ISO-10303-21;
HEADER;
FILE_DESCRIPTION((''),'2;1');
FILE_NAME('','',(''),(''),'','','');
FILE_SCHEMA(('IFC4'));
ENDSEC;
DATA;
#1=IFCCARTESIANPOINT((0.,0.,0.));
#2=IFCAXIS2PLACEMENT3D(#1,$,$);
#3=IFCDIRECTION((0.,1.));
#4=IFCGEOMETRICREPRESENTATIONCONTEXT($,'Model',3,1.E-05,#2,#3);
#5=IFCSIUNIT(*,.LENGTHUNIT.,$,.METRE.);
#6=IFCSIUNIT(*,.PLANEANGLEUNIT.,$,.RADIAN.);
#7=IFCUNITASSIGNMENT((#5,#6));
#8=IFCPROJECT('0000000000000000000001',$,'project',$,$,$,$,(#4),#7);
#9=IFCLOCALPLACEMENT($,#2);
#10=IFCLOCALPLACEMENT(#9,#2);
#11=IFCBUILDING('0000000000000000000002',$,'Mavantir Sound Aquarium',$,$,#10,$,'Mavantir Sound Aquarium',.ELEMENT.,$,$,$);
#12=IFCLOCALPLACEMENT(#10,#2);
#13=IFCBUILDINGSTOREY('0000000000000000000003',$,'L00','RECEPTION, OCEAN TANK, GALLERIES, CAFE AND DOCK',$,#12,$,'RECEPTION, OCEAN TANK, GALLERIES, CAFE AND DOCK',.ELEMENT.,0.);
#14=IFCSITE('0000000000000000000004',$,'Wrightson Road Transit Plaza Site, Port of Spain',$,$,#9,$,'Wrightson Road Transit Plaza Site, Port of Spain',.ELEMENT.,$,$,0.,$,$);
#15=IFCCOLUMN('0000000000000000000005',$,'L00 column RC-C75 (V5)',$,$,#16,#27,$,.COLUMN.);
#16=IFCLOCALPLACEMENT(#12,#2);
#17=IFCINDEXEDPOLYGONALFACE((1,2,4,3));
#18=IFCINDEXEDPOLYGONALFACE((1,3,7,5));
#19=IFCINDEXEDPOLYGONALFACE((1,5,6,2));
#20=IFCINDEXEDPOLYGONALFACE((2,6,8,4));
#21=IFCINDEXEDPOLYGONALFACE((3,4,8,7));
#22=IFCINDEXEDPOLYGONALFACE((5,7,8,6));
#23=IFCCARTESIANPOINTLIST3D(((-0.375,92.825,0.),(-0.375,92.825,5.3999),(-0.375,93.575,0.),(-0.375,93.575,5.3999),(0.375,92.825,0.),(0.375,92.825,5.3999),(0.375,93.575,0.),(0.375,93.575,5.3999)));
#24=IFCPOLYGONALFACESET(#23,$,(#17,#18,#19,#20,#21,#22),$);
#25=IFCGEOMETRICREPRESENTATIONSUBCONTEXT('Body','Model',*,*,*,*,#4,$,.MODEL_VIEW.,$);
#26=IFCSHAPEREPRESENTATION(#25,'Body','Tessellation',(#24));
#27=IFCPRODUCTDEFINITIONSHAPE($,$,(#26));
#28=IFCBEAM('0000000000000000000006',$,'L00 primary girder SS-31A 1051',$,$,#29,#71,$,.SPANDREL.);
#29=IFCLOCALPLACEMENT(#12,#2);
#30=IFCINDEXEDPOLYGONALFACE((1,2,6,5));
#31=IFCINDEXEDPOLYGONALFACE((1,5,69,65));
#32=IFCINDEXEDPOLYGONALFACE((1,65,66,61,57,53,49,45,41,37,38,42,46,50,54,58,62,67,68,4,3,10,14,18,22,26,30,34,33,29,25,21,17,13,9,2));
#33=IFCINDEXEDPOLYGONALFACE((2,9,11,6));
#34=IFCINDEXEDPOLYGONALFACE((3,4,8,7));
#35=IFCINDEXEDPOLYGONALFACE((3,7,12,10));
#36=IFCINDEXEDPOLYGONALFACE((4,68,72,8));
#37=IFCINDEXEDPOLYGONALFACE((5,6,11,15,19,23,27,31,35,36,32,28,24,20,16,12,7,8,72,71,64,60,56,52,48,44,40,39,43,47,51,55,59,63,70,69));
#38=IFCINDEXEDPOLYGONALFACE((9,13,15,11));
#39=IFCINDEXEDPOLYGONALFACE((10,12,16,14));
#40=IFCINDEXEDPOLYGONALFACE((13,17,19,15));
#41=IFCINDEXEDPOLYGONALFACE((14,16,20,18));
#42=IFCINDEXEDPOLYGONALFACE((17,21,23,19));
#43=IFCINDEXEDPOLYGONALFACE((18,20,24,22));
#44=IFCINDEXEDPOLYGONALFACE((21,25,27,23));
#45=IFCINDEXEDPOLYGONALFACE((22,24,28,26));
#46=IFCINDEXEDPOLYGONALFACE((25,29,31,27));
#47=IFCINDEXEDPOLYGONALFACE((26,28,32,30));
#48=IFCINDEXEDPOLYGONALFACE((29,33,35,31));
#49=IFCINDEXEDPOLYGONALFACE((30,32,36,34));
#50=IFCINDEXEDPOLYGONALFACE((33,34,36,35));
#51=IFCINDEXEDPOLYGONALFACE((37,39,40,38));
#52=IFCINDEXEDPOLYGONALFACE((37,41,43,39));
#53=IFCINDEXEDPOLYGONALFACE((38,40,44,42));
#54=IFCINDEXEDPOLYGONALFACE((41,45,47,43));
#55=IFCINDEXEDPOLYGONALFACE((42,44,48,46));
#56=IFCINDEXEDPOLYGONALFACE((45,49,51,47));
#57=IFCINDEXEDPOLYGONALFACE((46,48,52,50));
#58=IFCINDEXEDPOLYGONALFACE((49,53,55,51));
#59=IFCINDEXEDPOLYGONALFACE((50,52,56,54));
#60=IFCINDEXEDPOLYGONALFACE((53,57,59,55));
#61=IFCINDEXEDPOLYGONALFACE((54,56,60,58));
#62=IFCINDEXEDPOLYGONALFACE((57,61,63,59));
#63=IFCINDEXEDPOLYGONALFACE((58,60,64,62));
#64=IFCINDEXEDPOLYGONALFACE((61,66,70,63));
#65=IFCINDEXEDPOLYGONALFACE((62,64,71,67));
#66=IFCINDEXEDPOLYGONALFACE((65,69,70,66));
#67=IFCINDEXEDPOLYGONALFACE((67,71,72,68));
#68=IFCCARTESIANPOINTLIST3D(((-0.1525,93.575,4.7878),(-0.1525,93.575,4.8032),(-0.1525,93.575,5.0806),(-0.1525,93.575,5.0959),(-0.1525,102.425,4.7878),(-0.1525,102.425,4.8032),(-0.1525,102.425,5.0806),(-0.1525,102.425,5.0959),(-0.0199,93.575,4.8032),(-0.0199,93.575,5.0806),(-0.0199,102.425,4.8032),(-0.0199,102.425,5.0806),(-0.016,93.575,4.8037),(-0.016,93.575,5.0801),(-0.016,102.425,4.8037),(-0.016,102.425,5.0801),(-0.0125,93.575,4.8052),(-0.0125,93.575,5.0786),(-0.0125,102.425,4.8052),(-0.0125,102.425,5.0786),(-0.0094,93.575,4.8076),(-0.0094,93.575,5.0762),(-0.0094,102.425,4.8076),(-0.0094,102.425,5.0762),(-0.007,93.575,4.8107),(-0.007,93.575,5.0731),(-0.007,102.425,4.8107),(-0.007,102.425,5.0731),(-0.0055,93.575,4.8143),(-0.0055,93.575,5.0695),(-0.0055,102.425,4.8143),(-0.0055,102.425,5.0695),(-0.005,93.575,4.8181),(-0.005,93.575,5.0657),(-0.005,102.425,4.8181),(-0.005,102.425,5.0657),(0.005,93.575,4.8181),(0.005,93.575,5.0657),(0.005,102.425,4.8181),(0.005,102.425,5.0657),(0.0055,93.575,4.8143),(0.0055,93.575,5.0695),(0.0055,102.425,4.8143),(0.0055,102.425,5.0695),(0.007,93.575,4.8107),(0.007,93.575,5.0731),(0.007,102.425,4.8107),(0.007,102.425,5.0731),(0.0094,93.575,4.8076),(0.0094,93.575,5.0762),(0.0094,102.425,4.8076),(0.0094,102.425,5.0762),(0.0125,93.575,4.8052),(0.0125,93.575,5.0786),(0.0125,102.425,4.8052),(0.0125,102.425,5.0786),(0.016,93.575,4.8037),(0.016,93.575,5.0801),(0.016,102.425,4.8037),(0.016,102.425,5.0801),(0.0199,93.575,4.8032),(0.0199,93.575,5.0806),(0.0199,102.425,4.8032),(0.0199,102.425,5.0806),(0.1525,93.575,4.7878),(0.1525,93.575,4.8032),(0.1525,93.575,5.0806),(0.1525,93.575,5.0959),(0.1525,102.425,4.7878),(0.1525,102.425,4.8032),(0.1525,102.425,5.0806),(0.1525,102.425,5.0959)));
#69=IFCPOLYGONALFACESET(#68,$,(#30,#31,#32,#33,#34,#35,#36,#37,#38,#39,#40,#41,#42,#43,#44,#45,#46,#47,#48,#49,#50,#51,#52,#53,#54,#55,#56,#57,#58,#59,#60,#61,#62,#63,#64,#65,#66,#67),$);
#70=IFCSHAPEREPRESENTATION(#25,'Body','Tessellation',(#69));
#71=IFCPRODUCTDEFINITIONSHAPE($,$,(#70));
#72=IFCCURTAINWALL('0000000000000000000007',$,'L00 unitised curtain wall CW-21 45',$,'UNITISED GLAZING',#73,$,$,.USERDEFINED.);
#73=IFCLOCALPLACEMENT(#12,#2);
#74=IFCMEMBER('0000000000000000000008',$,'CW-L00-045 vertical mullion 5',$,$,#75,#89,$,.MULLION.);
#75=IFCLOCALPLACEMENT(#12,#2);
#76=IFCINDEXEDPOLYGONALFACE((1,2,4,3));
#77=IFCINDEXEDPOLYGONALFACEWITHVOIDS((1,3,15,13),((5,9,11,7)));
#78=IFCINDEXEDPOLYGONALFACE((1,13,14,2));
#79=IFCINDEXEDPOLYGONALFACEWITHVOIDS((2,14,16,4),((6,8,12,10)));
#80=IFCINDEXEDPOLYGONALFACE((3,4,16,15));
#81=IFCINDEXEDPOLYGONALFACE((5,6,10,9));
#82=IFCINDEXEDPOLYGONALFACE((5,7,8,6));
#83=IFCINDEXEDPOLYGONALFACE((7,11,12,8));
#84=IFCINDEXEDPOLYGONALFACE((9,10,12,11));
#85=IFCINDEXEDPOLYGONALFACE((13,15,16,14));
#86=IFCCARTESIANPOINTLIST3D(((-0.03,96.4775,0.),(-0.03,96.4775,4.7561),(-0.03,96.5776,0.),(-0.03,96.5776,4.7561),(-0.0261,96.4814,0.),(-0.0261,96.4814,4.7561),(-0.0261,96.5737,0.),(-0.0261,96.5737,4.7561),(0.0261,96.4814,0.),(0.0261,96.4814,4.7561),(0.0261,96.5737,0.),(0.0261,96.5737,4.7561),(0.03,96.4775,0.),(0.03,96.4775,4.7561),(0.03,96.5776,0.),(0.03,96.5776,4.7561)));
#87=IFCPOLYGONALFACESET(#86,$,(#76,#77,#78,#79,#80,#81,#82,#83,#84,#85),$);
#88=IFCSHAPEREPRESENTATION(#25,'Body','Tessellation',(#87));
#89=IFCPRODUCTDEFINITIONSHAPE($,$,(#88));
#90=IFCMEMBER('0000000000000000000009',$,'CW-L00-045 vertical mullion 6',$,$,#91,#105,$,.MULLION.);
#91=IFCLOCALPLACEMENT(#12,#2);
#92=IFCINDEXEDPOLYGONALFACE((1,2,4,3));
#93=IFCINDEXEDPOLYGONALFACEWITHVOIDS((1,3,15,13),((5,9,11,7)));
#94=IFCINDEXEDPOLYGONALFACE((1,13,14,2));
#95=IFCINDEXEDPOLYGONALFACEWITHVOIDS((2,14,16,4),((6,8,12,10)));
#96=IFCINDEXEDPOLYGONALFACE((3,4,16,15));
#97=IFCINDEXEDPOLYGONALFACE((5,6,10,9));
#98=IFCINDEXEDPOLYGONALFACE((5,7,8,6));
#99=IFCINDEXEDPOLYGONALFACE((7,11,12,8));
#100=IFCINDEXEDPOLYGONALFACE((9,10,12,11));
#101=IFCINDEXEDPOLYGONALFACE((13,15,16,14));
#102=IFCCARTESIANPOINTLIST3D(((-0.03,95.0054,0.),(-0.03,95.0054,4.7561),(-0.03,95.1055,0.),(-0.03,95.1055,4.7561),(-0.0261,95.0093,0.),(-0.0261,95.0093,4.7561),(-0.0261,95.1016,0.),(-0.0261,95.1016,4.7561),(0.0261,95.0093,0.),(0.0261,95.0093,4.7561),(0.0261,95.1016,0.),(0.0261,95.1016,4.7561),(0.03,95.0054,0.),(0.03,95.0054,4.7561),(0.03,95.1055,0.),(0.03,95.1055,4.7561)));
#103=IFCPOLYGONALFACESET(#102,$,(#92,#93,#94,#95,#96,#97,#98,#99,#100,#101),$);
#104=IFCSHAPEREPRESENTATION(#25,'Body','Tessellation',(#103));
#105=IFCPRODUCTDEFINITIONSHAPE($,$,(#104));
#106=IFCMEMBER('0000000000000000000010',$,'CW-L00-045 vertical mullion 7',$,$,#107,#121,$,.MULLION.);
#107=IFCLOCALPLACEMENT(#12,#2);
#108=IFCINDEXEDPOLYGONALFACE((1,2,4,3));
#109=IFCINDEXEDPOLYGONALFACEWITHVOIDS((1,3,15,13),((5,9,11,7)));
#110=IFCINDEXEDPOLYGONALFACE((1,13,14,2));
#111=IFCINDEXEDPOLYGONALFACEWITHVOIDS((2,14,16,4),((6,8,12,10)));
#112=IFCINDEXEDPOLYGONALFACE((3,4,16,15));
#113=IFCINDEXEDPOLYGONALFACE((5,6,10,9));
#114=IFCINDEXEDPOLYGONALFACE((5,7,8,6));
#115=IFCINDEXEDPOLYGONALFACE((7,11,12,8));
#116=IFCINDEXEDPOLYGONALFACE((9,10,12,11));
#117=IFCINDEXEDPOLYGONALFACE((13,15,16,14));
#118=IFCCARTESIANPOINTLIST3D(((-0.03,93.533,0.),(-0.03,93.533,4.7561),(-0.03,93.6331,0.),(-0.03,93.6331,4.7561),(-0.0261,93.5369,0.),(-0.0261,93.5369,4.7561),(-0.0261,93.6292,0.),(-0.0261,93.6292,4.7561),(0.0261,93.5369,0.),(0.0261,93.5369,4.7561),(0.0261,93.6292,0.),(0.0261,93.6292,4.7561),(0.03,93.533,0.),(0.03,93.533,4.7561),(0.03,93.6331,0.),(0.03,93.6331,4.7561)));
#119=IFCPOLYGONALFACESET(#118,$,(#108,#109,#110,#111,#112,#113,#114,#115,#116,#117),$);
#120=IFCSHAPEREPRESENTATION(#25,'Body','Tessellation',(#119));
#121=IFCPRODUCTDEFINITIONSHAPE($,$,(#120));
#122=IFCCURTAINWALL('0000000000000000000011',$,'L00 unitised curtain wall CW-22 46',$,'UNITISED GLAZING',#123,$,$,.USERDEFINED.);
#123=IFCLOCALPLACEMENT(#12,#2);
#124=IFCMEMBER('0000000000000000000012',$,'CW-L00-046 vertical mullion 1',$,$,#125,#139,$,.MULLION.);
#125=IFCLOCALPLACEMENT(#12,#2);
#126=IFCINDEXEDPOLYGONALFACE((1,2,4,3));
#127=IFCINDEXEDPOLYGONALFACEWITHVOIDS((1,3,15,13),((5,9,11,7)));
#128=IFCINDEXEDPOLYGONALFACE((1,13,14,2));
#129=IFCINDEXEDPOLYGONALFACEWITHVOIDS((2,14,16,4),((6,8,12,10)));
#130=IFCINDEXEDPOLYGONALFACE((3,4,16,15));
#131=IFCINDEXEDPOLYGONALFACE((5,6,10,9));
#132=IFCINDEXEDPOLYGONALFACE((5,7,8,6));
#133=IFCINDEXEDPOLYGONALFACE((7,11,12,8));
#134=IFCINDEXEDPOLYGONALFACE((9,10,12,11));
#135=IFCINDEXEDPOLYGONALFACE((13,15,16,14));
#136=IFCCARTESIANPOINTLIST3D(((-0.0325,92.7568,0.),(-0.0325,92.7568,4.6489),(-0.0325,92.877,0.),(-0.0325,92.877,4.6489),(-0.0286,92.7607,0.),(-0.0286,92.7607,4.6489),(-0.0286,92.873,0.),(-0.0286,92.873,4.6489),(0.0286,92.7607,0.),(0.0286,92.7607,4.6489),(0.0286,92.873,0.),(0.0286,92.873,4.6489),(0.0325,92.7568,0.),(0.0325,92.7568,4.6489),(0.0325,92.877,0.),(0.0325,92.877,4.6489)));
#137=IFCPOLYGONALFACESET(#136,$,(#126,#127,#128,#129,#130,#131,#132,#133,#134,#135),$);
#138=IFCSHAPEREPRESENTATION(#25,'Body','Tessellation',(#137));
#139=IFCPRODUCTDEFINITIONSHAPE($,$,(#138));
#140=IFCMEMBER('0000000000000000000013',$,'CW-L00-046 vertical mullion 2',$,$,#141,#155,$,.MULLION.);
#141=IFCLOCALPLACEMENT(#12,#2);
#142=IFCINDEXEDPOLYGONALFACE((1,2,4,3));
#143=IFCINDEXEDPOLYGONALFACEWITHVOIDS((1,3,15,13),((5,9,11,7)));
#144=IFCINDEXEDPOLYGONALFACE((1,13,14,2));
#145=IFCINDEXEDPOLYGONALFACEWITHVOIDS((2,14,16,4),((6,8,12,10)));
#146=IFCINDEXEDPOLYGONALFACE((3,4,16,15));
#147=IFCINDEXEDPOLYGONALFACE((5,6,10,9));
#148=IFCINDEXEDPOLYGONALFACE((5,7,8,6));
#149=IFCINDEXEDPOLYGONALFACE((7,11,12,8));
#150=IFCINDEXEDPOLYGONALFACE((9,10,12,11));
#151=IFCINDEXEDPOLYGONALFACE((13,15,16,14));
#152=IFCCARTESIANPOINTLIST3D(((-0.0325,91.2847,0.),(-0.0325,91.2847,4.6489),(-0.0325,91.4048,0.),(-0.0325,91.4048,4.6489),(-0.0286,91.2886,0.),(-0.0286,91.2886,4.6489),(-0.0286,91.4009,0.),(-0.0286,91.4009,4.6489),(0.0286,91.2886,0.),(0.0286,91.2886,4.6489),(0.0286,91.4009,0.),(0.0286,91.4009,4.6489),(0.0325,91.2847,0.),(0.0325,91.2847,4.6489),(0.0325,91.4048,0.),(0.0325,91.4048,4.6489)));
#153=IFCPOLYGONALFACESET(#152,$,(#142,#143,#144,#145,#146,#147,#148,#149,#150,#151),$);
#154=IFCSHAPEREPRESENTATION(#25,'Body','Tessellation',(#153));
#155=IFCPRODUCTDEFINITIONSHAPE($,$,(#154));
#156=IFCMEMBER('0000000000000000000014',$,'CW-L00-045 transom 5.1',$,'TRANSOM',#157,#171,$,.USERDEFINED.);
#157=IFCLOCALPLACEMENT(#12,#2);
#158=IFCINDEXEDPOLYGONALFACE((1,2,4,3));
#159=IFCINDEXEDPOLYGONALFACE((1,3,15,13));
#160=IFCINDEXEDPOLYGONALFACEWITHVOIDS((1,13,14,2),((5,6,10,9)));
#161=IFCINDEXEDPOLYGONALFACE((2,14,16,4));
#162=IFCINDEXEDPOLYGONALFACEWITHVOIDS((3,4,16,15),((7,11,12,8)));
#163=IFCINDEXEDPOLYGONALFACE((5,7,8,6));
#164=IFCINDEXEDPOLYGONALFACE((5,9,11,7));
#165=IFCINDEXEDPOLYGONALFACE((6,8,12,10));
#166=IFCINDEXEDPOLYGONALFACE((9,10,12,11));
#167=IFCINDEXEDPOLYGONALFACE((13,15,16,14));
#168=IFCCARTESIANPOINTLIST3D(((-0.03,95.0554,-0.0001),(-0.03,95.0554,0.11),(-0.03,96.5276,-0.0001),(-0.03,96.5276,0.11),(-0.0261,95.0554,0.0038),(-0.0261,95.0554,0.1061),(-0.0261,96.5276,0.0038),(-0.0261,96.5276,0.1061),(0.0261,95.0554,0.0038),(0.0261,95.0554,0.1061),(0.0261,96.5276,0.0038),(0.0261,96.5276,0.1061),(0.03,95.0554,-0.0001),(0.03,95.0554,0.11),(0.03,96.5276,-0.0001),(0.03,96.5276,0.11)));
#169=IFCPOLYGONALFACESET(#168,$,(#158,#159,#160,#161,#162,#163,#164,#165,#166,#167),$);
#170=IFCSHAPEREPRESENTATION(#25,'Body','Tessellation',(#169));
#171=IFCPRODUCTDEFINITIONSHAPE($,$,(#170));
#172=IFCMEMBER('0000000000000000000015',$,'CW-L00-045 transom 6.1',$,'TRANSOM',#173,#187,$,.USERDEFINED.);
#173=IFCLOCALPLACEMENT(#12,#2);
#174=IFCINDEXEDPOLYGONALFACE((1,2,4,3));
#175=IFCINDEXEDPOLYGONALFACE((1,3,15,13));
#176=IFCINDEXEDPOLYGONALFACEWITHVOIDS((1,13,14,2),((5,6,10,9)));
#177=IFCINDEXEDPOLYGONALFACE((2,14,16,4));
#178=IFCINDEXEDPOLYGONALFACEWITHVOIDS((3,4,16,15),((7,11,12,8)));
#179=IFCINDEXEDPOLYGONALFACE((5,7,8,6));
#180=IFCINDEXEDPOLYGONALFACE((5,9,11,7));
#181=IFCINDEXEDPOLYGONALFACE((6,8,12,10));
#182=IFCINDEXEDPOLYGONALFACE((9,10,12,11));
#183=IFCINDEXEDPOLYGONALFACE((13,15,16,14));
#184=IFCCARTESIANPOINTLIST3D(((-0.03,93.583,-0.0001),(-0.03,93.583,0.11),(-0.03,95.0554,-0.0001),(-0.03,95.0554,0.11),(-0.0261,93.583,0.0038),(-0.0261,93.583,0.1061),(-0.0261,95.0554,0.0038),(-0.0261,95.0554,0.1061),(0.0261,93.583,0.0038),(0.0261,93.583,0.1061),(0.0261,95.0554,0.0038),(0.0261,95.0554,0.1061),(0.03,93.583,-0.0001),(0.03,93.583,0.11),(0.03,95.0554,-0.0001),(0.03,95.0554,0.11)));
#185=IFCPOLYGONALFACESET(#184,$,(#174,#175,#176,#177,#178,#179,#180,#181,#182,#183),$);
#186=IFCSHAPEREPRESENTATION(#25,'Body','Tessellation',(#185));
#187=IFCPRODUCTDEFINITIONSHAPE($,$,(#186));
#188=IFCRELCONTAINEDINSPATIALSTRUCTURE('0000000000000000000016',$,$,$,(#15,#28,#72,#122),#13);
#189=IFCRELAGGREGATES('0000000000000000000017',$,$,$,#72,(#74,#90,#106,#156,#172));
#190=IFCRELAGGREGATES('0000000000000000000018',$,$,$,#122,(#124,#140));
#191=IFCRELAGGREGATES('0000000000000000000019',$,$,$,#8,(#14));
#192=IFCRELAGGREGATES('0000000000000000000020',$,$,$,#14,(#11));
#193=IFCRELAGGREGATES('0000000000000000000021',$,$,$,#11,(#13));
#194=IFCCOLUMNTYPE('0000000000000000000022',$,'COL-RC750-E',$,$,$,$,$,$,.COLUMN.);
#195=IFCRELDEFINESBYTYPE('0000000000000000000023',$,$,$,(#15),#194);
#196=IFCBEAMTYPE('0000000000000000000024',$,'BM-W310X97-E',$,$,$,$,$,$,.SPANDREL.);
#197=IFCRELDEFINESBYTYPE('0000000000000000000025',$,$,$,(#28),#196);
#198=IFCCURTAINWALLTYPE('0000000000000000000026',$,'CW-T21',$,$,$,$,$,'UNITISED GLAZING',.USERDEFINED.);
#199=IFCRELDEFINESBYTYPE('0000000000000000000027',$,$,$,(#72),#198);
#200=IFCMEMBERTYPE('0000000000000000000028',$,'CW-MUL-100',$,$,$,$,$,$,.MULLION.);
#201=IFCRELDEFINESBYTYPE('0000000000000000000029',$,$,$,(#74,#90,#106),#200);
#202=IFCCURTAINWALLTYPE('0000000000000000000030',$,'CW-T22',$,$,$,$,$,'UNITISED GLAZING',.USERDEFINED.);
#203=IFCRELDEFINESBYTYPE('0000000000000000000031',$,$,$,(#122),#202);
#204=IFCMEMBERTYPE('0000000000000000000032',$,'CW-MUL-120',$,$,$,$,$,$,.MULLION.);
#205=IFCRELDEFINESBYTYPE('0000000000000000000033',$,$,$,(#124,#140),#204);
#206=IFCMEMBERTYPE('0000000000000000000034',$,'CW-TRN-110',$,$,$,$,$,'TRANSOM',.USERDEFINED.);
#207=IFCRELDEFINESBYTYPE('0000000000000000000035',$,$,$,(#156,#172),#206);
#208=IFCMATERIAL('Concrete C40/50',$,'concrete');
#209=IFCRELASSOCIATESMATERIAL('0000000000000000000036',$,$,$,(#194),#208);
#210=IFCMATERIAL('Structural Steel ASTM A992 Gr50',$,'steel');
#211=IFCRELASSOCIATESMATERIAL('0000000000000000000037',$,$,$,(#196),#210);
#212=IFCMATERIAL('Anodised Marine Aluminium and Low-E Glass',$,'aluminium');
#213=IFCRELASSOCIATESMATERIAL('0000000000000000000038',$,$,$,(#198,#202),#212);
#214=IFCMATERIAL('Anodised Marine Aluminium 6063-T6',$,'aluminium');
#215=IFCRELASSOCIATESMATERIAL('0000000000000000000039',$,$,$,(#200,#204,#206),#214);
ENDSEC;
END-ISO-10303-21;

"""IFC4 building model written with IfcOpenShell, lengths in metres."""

from ifc_helpers import new_model, si_unit, direction, frame, origin, origin_2d, place, context, subcontext, project, spatial, rectangle, hollow_rectangle, i_section, extrude, material, material_profile, profile_set, type_object, element, aggregate, save


model = new_model("IFC4")

# Units and contexts
model_context = context("Model", 3, precision=1e-05, world=origin(), true_north=direction((0.0, 1.0)))
body_context = subcontext(model_context, "Body", "Model", "MODEL_VIEW")
ifc_project = project(units=[si_unit("LENGTHUNIT", "METRE"), si_unit("PLANEANGLEUNIT", "RADIAN")], contexts=[model_context])

# Site, building, storey
site_placement = place(None, origin())
site = spatial("IfcSite", under=ifc_project, at=site_placement, Name="Wrightson Road Transit Plaza Site, Port of Spain", LongName="Wrightson Road Transit Plaza Site, Port of Spain", CompositionType="ELEMENT", RefElevation=0.0)
building_placement = place(site_placement, origin())
building = spatial("IfcBuilding", under=site, at=building_placement, Name="Mavantir Sound Aquarium", LongName="Mavantir Sound Aquarium", CompositionType="ELEMENT")
storey_placement = place(building_placement, origin())
storey = spatial("IfcBuildingStorey", under=building, at=storey_placement, Name="L00", Description="RECEPTION, OCEAN TANK, GALLERIES, CAFE AND DOCK", LongName="RECEPTION, OCEAN TANK, GALLERIES, CAFE AND DOCK", CompositionType="ELEMENT", Elevation=0.0)

# Column
ifc_material_1 = material(Name="Concrete C40/50", Category="concrete")
ifc_material_profile_1 = material_profile(ifc_material_1, rectangle(XDim=0.75, YDim=0.75, at=origin_2d()), Name="RC 750X750")
ifc_profile_set_1 = profile_set([ifc_material_profile_1], Name="Concrete C40/50")
column_type = type_object("IfcColumnType", Name="COL-RC750-E", PredefinedType="COLUMN", material=ifc_profile_set_1)
column_placement = place(storey_placement, frame((0.0, 93.2, 0.0), z_axis=(0.0, 0.0, 1.0), x_axis=(1.0, 0.0, 0.0)))
element("IfcColumn", 1, at=column_placement, inside=storey, type_object=column_type, Name="L00 column RC-C75 (V5)", PredefinedType="COLUMN", context=body_context, shape_type="SweptSolid", body=[
    extrude(rectangle(XDim=0.75, YDim=0.75, at=origin_2d()), origin(), (0.0, 0.0, 1.0), 5.3999),
])

# Beam
ifc_material_2 = material(Name="Structural Steel ASTM A992 Gr50", Category="steel")
ifc_material_profile_2 = material_profile(ifc_material_2, i_section(OverallWidth=0.3049, OverallDepth=0.3081, WebThickness=0.01, FlangeThickness=0.0154, FilletRadius=0.0149, at=origin_2d()), Name="W310X97")
ifc_profile_set_2 = profile_set([ifc_material_profile_2], Name="Structural Steel ASTM A992 Gr50")
beam_type = type_object("IfcBeamType", Name="BM-W310X97-E", PredefinedType="SPANDREL", material=ifc_profile_set_2)
beam_placement = place(storey_placement, frame((0.0, 93.575, 4.9419), z_axis=(0.0, 1.0, 0.0), x_axis=(-1.0, 0.0, 0.0)))
element("IfcBeam", 2, at=beam_placement, inside=storey, type_object=beam_type, Name="L00 primary girder SS-31A 1051", PredefinedType="SPANDREL", context=body_context, shape_type="SweptSolid", body=[
    extrude(i_section(OverallWidth=0.3049, OverallDepth=0.3081, WebThickness=0.01, FlangeThickness=0.0154, FilletRadius=0.0149, at=origin_2d()), origin(), (0.0, 0.0, 1.0), 8.8501),
])

# Curtain walls, members
ifc_material_3 = material(Name="Anodised Marine Aluminium and Low-E Glass", Category="aluminium")
curtain_wall_type_1 = type_object("IfcCurtainWallType", Name="CW-T21", ElementType="UNITISED GLAZING", PredefinedType="USERDEFINED", material=ifc_material_3)
curtain_wall_1_placement = place(storey_placement, origin())
curtain_wall_1 = element("IfcCurtainWall", 3, at=curtain_wall_1_placement, inside=storey, type_object=curtain_wall_type_1, Name="L00 unitised curtain wall CW-21 45", ObjectType="UNITISED GLAZING", PredefinedType="USERDEFINED")
ifc_material_4 = material(Name="Anodised Marine Aluminium 6063-T6", Category="aluminium")
ifc_material_profile_3 = material_profile(ifc_material_4, hollow_rectangle(XDim=0.0601, YDim=0.1001, WallThickness=0.0039, at=origin_2d()), Name="ALU-MULLION-100X60")
ifc_profile_set_3 = profile_set([ifc_material_profile_3], Name="Anodised Marine Aluminium 6063-T6")
member_type_1 = type_object("IfcMemberType", Name="CW-MUL-100", PredefinedType="MULLION", material=ifc_profile_set_3)
member_1_placement = place(storey_placement, frame((0.0, 96.5276, 0.0), z_axis=(0.0, 0.0, 1.0), x_axis=(1.0, 0.0, 0.0)))
member_1 = element("IfcMember", 4, at=member_1_placement, type_object=member_type_1, Name="CW-L00-045 vertical mullion 5", PredefinedType="MULLION", context=body_context, shape_type="SweptSolid", body=[
    extrude(hollow_rectangle(XDim=0.0601, YDim=0.1001, WallThickness=0.0039, at=origin_2d()), origin(), (0.0, 0.0, 1.0), 4.7561),
])
member_2_placement = place(storey_placement, frame((0.0, 95.0554, 0.0), z_axis=(0.0, 0.0, 1.0), x_axis=(1.0, 0.0, 0.0)))
member_2 = element("IfcMember", 5, at=member_2_placement, type_object=member_type_1, Name="CW-L00-045 vertical mullion 6", PredefinedType="MULLION", context=body_context, shape_type="SweptSolid", body=[
    extrude(hollow_rectangle(XDim=0.0601, YDim=0.1001, WallThickness=0.0039, at=origin_2d()), origin(), (0.0, 0.0, 1.0), 4.7561),
])
member_3_placement = place(storey_placement, frame((0.0, 93.583, 0.0), z_axis=(0.0, 0.0, 1.0), x_axis=(1.0, 0.0, 0.0)))
member_3 = element("IfcMember", 6, at=member_3_placement, type_object=member_type_1, Name="CW-L00-045 vertical mullion 7", PredefinedType="MULLION", context=body_context, shape_type="SweptSolid", body=[
    extrude(hollow_rectangle(XDim=0.0601, YDim=0.1001, WallThickness=0.0039, at=origin_2d()), origin(), (0.0, 0.0, 1.0), 4.7561),
])
curtain_wall_type_2 = type_object("IfcCurtainWallType", Name="CW-T22", ElementType="UNITISED GLAZING", PredefinedType="USERDEFINED", material=ifc_material_3)
curtain_wall_2_placement = place(storey_placement, origin())
curtain_wall_2 = element("IfcCurtainWall", 7, at=curtain_wall_2_placement, inside=storey, type_object=curtain_wall_type_2, Name="L00 unitised curtain wall CW-22 46", ObjectType="UNITISED GLAZING", PredefinedType="USERDEFINED")
ifc_material_profile_4 = material_profile(ifc_material_4, hollow_rectangle(XDim=0.0649, YDim=0.1201, WallThickness=0.0039, at=origin_2d()), Name="ALU-MULLION-120X65")
ifc_profile_set_4 = profile_set([ifc_material_profile_4], Name="Anodised Marine Aluminium 6063-T6")
member_type_2 = type_object("IfcMemberType", Name="CW-MUL-120", PredefinedType="MULLION", material=ifc_profile_set_4)
member_4_placement = place(storey_placement, frame((0.0, 92.8169, 0.0), z_axis=(0.0, 0.0, 1.0), x_axis=(1.0, 0.0, 0.0)))
member_4 = element("IfcMember", 8, at=member_4_placement, type_object=member_type_2, Name="CW-L00-046 vertical mullion 1", PredefinedType="MULLION", context=body_context, shape_type="SweptSolid", body=[
    extrude(hollow_rectangle(XDim=0.0649, YDim=0.1201, WallThickness=0.0039, at=origin_2d()), origin(), (0.0, 0.0, 1.0), 4.6489),
])
member_5_placement = place(storey_placement, frame((0.0, 91.3447, 0.0), z_axis=(0.0, 0.0, 1.0), x_axis=(1.0, 0.0, 0.0)))
member_5 = element("IfcMember", 9, at=member_5_placement, type_object=member_type_2, Name="CW-L00-046 vertical mullion 2", PredefinedType="MULLION", context=body_context, shape_type="SweptSolid", body=[
    extrude(hollow_rectangle(XDim=0.0649, YDim=0.1201, WallThickness=0.0039, at=origin_2d()), origin(), (0.0, 0.0, 1.0), 4.6489),
])

# Members
ifc_material_profile_5 = material_profile(ifc_material_4, hollow_rectangle(XDim=0.0601, YDim=0.1101, WallThickness=0.0039, at=origin_2d()), Name="ALU-TRANSOM-110X60")
ifc_profile_set_5 = profile_set([ifc_material_profile_5], Name="Anodised Marine Aluminium 6063-T6")
member_type_3 = type_object("IfcMemberType", Name="CW-TRN-110", ElementType="TRANSOM", PredefinedType="USERDEFINED", material=ifc_profile_set_5)
member_6_placement = place(storey_placement, frame((0.0, 96.5276, 0.0549), z_axis=(0.0, -1.0, 0.0), x_axis=(1.0, 0.0, 0.0)))
member_6 = element("IfcMember", 10, at=member_6_placement, type_object=member_type_3, Name="CW-L00-045 transom 5.1", ObjectType="TRANSOM", PredefinedType="USERDEFINED", context=body_context, shape_type="SweptSolid", body=[
    extrude(hollow_rectangle(XDim=0.0601, YDim=0.1101, WallThickness=0.0039, at=origin_2d()), origin(), (0.0, 0.0, 1.0), 1.4722),
])
member_7_placement = place(storey_placement, frame((0.0, 95.0554, 0.0549), z_axis=(0.0, -1.0, 0.0), x_axis=(1.0, 0.0, 0.0)))
member_7 = element("IfcMember", 11, at=member_7_placement, type_object=member_type_3, Name="CW-L00-045 transom 6.1", ObjectType="TRANSOM", PredefinedType="USERDEFINED", context=body_context, shape_type="SweptSolid", body=[
    extrude(hollow_rectangle(XDim=0.0601, YDim=0.1101, WallThickness=0.0039, at=origin_2d()), origin(), (0.0, 0.0, 1.0), 1.4724),
])

aggregate(curtain_wall_1, [member_1, member_2, member_3, member_6, member_7])
aggregate(curtain_wall_2, [member_4, member_5])

save(model, "model.ifc")
